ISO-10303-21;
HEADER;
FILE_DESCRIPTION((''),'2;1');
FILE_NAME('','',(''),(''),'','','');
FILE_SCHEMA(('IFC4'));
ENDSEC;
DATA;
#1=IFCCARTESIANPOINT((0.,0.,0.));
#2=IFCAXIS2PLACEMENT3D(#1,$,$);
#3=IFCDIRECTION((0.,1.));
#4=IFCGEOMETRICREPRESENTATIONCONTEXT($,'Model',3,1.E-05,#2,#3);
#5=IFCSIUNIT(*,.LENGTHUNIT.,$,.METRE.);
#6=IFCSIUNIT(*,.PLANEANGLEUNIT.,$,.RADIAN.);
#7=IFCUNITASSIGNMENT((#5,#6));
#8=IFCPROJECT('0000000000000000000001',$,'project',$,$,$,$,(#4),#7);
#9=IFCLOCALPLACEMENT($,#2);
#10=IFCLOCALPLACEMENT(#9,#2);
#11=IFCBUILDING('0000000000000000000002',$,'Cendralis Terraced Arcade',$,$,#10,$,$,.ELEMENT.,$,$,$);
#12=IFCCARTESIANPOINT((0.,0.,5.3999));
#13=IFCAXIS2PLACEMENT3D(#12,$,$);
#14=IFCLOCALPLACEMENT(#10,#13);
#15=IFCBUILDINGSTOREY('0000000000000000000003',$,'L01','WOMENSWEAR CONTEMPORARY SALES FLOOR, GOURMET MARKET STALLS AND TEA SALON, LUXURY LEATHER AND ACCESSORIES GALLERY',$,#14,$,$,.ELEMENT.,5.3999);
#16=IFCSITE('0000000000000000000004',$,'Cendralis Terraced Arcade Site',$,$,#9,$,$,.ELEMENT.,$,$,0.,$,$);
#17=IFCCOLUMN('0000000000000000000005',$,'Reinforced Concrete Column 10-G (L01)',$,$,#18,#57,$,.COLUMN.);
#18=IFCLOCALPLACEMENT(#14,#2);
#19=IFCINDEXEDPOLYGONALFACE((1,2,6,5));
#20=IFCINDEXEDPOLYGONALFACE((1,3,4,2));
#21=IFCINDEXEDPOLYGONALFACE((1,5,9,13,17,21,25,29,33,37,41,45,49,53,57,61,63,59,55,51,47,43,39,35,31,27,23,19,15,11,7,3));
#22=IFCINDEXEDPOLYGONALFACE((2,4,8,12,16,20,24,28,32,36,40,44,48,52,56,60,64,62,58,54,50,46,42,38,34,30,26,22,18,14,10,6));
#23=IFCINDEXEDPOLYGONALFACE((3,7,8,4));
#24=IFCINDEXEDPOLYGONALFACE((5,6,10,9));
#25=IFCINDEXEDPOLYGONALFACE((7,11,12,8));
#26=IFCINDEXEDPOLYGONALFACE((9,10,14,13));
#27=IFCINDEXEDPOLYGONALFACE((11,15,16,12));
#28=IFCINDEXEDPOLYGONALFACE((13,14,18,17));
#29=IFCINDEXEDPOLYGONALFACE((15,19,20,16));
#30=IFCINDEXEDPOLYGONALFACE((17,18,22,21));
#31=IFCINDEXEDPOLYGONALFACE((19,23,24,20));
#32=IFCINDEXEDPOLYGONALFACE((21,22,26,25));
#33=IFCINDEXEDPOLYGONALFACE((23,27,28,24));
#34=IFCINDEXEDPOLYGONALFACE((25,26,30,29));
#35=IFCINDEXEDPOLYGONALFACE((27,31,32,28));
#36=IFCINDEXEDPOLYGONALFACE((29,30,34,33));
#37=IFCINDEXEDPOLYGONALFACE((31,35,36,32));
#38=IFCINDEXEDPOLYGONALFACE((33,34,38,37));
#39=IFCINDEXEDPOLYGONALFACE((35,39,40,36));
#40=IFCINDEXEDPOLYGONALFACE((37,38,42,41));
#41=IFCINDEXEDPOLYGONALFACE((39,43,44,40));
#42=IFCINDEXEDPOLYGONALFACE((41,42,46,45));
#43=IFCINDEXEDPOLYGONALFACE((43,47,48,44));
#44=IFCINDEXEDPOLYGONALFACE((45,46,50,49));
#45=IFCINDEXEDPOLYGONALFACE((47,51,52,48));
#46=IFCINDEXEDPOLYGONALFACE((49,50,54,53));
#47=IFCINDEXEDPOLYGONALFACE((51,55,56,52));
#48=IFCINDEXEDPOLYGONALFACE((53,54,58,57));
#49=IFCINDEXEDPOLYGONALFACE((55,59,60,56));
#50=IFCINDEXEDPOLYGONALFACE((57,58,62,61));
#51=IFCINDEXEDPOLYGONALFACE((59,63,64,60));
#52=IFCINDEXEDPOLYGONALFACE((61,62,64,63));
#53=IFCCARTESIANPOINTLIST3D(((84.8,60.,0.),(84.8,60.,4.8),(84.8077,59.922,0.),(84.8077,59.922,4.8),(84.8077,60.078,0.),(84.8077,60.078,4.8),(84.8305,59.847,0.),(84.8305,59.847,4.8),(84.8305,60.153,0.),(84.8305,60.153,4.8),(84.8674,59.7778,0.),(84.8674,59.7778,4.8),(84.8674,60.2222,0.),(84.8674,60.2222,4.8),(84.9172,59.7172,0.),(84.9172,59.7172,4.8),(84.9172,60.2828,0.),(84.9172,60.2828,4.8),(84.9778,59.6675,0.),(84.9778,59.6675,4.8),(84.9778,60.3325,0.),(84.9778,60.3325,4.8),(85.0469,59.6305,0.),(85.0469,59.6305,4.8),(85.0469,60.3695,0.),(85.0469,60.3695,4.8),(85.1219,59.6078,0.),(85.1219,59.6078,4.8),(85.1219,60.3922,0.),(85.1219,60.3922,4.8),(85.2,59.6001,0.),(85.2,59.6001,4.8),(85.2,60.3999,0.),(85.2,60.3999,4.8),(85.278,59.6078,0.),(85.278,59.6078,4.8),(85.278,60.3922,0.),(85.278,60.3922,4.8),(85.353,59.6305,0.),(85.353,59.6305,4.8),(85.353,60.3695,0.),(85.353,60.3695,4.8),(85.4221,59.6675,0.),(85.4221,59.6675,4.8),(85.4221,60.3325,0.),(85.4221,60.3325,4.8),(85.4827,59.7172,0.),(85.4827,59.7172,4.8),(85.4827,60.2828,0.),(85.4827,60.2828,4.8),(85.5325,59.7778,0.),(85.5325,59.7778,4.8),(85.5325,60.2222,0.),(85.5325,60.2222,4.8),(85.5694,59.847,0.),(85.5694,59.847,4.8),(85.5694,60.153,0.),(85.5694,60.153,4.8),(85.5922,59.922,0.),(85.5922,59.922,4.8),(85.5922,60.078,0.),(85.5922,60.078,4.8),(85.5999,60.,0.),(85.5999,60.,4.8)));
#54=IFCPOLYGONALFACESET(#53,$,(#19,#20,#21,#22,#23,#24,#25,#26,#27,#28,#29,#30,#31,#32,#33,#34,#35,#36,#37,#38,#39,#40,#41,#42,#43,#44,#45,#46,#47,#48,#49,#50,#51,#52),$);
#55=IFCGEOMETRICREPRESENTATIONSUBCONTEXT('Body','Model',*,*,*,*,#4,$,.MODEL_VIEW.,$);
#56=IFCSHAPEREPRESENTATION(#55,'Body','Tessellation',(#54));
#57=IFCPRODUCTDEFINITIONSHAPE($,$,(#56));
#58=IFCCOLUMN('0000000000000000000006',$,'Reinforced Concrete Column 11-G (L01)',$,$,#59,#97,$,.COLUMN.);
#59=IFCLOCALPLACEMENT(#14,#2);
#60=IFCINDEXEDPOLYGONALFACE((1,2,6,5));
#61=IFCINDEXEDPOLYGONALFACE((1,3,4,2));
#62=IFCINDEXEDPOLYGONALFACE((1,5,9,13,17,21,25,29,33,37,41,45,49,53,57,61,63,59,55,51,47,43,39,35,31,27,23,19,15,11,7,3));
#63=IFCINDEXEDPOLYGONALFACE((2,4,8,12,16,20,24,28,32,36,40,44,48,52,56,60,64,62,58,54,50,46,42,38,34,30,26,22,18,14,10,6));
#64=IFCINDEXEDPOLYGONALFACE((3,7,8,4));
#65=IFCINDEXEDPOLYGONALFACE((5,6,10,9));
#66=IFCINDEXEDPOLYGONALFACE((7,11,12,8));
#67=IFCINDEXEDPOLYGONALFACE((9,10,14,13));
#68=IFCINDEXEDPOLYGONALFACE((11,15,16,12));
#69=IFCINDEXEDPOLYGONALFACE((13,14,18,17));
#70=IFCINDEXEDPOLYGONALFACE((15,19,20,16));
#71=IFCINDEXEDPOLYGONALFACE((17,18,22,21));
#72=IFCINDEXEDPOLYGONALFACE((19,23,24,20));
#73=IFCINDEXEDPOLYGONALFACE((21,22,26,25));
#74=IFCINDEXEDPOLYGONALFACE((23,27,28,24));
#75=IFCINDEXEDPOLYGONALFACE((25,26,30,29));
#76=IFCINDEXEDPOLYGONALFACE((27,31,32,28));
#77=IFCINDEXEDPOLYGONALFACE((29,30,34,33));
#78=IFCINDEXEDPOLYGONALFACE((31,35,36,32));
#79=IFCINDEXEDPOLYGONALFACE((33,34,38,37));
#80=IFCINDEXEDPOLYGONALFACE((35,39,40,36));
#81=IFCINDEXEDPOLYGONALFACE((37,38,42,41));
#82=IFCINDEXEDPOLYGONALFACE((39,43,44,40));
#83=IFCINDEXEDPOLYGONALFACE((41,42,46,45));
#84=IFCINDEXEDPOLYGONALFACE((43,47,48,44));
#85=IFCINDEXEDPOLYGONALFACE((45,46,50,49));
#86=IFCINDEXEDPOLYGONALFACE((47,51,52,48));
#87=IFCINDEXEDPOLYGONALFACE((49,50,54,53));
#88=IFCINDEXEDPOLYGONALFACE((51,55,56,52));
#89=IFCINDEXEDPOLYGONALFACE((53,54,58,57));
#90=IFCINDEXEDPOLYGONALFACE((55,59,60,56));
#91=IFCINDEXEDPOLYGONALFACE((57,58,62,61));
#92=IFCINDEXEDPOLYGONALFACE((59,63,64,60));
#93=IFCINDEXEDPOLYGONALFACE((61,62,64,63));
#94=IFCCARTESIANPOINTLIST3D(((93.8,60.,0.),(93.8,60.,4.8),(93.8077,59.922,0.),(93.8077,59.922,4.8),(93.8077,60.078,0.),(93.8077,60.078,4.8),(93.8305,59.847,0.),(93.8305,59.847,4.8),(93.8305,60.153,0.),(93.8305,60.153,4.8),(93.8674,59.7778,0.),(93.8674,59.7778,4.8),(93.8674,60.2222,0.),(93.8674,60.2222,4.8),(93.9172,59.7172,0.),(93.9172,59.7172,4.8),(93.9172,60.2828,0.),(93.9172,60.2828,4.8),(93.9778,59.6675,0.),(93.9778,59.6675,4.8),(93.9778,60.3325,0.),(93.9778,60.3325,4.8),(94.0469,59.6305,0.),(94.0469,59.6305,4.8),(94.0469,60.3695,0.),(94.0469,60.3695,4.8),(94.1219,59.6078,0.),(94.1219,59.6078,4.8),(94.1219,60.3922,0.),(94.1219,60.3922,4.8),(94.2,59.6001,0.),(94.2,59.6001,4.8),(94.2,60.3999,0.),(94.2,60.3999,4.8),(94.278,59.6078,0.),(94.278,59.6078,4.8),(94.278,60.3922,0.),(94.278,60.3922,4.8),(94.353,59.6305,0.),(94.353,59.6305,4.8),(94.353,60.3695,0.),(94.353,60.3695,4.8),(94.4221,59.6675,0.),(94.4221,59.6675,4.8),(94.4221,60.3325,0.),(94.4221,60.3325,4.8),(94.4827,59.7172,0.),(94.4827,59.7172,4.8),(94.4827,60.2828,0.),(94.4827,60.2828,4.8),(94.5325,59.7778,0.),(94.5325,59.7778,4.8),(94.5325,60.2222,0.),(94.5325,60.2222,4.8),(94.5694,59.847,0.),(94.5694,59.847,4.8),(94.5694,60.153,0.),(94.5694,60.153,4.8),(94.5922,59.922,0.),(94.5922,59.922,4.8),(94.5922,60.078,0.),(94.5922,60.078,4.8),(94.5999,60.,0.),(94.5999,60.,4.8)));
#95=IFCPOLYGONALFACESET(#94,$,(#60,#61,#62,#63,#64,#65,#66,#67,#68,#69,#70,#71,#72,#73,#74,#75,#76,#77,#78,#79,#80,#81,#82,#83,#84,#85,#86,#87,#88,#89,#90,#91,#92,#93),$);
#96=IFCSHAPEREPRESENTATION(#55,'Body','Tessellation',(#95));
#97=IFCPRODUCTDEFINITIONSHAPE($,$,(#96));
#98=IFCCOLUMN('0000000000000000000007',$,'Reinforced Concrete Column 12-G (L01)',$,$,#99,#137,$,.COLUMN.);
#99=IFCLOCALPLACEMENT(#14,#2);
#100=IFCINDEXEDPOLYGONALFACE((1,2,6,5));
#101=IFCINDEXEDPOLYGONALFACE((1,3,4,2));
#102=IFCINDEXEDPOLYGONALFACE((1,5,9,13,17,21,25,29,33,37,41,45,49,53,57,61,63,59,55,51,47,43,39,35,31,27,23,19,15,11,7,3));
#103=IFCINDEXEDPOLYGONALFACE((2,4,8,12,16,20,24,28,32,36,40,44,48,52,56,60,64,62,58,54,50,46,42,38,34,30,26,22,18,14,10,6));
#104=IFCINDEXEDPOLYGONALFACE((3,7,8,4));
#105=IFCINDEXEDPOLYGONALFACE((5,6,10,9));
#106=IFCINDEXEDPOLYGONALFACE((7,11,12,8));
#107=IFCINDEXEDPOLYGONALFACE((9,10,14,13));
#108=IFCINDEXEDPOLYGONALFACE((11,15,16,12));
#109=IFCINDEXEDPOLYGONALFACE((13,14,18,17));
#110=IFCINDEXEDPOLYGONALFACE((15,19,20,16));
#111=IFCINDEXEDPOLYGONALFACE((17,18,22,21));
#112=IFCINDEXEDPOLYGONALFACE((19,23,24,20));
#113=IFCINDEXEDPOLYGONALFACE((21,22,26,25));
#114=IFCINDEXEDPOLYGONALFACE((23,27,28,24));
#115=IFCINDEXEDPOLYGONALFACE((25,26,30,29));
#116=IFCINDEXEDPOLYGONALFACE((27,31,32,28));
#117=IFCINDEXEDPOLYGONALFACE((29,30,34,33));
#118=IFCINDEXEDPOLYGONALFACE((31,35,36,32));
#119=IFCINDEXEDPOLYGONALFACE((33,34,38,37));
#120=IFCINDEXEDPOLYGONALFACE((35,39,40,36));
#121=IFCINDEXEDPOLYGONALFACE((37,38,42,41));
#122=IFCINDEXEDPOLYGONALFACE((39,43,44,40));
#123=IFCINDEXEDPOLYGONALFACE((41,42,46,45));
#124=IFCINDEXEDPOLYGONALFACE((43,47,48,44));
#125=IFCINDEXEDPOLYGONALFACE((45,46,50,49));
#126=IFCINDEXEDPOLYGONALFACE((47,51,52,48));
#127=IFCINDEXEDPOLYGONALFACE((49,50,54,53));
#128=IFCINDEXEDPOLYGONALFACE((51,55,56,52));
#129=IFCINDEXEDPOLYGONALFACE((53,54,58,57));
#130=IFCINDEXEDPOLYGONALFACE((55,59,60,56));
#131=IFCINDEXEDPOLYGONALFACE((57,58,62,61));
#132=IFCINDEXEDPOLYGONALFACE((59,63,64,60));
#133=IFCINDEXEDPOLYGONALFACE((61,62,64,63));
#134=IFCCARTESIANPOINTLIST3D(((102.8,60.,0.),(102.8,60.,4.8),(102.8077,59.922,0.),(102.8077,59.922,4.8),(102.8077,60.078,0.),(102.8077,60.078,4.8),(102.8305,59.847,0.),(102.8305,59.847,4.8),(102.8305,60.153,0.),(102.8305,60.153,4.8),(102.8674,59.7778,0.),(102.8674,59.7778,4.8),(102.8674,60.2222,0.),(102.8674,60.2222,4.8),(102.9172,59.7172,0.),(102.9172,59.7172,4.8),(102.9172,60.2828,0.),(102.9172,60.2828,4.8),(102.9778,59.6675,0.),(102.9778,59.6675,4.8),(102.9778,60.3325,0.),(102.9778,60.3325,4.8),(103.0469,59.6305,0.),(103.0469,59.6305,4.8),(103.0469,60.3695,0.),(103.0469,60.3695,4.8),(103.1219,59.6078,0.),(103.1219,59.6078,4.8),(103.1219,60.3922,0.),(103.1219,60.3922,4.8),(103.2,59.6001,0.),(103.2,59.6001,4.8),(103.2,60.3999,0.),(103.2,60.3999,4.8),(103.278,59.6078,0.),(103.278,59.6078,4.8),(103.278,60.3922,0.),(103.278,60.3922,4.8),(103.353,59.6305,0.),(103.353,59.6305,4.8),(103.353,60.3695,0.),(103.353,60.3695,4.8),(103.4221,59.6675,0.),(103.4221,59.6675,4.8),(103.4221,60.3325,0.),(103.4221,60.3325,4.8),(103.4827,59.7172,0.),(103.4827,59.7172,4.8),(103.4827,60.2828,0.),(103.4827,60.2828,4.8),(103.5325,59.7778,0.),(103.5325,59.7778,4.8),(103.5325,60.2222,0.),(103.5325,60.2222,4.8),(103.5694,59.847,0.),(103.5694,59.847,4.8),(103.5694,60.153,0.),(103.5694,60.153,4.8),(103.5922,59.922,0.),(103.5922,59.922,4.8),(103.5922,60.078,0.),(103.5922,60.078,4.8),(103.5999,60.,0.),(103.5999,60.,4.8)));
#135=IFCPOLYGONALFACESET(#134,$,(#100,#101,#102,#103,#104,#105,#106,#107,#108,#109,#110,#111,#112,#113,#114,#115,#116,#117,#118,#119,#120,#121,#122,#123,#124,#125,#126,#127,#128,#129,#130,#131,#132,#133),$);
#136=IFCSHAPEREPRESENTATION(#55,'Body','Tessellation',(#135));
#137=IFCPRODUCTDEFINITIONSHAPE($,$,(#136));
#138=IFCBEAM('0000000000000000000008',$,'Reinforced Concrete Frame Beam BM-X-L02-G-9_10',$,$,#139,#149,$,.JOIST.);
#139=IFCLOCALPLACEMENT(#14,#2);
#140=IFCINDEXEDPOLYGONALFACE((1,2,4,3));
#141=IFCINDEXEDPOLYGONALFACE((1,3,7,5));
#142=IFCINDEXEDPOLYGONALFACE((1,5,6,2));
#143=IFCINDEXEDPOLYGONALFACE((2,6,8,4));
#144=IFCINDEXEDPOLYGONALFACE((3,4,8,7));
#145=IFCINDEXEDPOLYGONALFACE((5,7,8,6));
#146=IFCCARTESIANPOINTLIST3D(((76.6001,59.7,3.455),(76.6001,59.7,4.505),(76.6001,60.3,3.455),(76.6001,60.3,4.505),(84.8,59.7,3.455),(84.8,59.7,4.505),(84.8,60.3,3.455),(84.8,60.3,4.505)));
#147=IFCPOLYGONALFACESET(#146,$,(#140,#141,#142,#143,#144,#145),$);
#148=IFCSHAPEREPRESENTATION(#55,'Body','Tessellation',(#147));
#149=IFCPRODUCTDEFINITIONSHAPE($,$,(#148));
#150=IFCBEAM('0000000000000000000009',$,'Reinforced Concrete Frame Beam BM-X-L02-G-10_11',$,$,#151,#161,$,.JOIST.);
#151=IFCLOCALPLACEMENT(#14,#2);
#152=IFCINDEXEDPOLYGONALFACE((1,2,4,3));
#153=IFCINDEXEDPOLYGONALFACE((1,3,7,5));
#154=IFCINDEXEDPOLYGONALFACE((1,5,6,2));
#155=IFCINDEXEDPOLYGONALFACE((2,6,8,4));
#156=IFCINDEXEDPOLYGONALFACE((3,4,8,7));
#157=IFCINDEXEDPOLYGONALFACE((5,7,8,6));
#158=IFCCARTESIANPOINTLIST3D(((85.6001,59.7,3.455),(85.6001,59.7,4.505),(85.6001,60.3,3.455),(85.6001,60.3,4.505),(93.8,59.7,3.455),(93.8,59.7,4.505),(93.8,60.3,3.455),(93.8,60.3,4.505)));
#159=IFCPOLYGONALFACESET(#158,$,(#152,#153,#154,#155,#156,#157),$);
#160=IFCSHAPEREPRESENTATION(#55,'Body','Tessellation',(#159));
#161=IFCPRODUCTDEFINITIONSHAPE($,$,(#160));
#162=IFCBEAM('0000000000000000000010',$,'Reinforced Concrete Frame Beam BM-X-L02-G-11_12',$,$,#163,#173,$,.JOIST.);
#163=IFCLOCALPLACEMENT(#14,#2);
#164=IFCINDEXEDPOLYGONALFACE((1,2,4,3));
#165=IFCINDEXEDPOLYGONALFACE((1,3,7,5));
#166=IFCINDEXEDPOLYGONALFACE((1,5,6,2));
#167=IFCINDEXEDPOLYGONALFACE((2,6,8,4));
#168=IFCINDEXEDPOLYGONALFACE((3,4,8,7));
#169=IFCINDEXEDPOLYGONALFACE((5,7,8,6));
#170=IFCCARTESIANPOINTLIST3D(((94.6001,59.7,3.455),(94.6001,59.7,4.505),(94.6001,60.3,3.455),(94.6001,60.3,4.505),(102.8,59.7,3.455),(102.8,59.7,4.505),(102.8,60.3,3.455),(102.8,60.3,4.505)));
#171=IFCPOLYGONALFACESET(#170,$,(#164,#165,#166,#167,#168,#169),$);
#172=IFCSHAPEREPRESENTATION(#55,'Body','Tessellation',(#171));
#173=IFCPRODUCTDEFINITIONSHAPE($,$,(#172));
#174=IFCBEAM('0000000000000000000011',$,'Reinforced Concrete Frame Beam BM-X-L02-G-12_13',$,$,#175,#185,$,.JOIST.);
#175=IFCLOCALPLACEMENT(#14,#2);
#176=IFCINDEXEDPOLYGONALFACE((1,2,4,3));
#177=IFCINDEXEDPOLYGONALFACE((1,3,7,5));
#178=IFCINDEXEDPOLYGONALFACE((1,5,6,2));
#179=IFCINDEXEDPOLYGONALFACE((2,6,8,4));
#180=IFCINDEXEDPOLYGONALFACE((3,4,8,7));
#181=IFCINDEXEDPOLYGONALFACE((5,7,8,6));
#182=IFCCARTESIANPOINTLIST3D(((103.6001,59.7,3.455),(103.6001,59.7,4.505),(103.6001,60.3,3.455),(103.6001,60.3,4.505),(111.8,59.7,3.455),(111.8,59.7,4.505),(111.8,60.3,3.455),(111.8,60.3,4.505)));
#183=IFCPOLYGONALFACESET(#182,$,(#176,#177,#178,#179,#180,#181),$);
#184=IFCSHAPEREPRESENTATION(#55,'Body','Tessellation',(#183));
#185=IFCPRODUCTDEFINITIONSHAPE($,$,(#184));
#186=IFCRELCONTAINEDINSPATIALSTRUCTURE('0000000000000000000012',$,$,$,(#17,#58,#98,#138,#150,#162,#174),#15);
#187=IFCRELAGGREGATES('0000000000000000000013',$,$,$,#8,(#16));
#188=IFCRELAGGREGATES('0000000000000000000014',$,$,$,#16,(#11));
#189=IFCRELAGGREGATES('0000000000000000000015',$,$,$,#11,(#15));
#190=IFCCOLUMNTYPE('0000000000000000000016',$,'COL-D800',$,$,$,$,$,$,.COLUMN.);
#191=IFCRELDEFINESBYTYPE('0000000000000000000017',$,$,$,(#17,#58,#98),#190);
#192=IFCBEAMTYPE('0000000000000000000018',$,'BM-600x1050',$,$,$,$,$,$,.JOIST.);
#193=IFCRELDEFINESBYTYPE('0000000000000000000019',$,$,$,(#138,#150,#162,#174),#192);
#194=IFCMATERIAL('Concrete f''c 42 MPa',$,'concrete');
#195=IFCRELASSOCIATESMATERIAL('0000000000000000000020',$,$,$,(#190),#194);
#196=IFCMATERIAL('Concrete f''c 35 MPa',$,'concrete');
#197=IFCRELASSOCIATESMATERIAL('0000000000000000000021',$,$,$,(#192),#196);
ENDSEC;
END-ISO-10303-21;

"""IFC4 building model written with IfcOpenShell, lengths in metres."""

from ifc_helpers import new_model, si_unit, direction, frame, origin, origin_2d, place, context, subcontext, project, spatial, rectangle, circle, extrude, material, material_profile, profile_set, type_object, element, save


model = new_model("IFC4")

# Units and contexts
model_context = context("Model", 3, precision=1e-05, world=origin(), true_north=direction((0.0, 1.0)))
body_context = subcontext(model_context, "Body", "Model", "MODEL_VIEW")
ifc_project = project(units=[si_unit("LENGTHUNIT", "METRE"), si_unit("PLANEANGLEUNIT", "RADIAN")], contexts=[model_context])

# Site, building, storey
site_placement = place(None, origin())
site = spatial("IfcSite", under=ifc_project, at=site_placement, Name="Cendralis Terraced Arcade Site", CompositionType="ELEMENT", RefElevation=0.0)
building_placement = place(site_placement, origin())
building = spatial("IfcBuilding", under=site, at=building_placement, Name="Cendralis Terraced Arcade", CompositionType="ELEMENT")
storey_placement = place(building_placement, frame((0.0, 0.0, 5.3999)))
storey = spatial("IfcBuildingStorey", under=building, at=storey_placement, Name="L01", Description="WOMENSWEAR CONTEMPORARY SALES FLOOR, GOURMET MARKET STALLS AND TEA SALON, LUXURY LEATHER AND ACCESSORIES GALLERY", CompositionType="ELEMENT", Elevation=5.3999)

# Columns
ifc_material_1 = material(Name="Concrete f'c 42 MPa", Category="concrete")
ifc_material_profile_1 = material_profile(ifc_material_1, circle(Radius=0.3999, at=origin_2d()), Name="RC-COL-D800", Category="LoadBearing")
ifc_profile_set_1 = profile_set([ifc_material_profile_1], Name="Concrete f'c 42 MPa")
column_type = type_object("IfcColumnType", Name="COL-D800", PredefinedType="COLUMN", material=ifc_profile_set_1)
for number, where, z_axis, x_axis, name in (
    (1, (85.2, 60.0, 0.0), (0.0, 0.0, 1.0), (1.0, 0.0, 0.0), "Reinforced Concrete Column 10-G (L01)"),
    (2, (94.2, 60.0, 0.0), (0.0, 0.0, 1.0), (1.0, 0.0, 0.0), "Reinforced Concrete Column 11-G (L01)"),
    (3, (103.2, 60.0, 0.0), (0.0, 0.0, 1.0), (1.0, 0.0, 0.0), "Reinforced Concrete Column 12-G (L01)"),
):
    element("IfcColumn", number, at=place(storey_placement, frame(where, z_axis=z_axis, x_axis=x_axis)), inside=storey, type_object=column_type, Name=name, PredefinedType="COLUMN", context=body_context, shape_type="SweptSolid", body=[
        extrude(circle(Radius=0.3999, at=origin_2d()), origin(), (0.0, 0.0, 1.0), 4.8),
    ])

# Beams
ifc_material_2 = material(Name="Concrete f'c 35 MPa", Category="concrete")
ifc_material_profile_2 = material_profile(ifc_material_2, rectangle(XDim=0.6001, YDim=1.05, at=origin_2d()), Name="RC-BM-600x1050", Category="LoadBearing")
ifc_profile_set_2 = profile_set([ifc_material_profile_2], Name="Concrete f'c 35 MPa")
beam_type = type_object("IfcBeamType", Name="BM-600x1050", PredefinedType="JOIST", material=ifc_profile_set_2)
for number, where, z_axis, x_axis, name in (
    (4, (76.6001, 60.0, 3.98), (1.0, 0.0, 0.0), (0.0, 1.0, 0.0), "Reinforced Concrete Frame Beam BM-X-L02-G-9_10"),
    (5, (85.6001, 60.0, 3.98), (1.0, 0.0, 0.0), (0.0, 1.0, 0.0), "Reinforced Concrete Frame Beam BM-X-L02-G-10_11"),
    (6, (94.6001, 60.0, 3.98), (1.0, 0.0, 0.0), (0.0, 1.0, 0.0), "Reinforced Concrete Frame Beam BM-X-L02-G-11_12"),
    (7, (103.6001, 60.0, 3.98), (1.0, 0.0, 0.0), (0.0, 1.0, 0.0), "Reinforced Concrete Frame Beam BM-X-L02-G-12_13"),
):
    element("IfcBeam", number, at=place(storey_placement, frame(where, z_axis=z_axis, x_axis=x_axis)), inside=storey, type_object=beam_type, Name=name, PredefinedType="JOIST", context=body_context, shape_type="SweptSolid", body=[
        extrude(rectangle(XDim=0.6001, YDim=1.05, at=origin_2d()), origin(), (0.0, 0.0, 1.0), 8.2),
    ])

save(model, "model.ifc")
